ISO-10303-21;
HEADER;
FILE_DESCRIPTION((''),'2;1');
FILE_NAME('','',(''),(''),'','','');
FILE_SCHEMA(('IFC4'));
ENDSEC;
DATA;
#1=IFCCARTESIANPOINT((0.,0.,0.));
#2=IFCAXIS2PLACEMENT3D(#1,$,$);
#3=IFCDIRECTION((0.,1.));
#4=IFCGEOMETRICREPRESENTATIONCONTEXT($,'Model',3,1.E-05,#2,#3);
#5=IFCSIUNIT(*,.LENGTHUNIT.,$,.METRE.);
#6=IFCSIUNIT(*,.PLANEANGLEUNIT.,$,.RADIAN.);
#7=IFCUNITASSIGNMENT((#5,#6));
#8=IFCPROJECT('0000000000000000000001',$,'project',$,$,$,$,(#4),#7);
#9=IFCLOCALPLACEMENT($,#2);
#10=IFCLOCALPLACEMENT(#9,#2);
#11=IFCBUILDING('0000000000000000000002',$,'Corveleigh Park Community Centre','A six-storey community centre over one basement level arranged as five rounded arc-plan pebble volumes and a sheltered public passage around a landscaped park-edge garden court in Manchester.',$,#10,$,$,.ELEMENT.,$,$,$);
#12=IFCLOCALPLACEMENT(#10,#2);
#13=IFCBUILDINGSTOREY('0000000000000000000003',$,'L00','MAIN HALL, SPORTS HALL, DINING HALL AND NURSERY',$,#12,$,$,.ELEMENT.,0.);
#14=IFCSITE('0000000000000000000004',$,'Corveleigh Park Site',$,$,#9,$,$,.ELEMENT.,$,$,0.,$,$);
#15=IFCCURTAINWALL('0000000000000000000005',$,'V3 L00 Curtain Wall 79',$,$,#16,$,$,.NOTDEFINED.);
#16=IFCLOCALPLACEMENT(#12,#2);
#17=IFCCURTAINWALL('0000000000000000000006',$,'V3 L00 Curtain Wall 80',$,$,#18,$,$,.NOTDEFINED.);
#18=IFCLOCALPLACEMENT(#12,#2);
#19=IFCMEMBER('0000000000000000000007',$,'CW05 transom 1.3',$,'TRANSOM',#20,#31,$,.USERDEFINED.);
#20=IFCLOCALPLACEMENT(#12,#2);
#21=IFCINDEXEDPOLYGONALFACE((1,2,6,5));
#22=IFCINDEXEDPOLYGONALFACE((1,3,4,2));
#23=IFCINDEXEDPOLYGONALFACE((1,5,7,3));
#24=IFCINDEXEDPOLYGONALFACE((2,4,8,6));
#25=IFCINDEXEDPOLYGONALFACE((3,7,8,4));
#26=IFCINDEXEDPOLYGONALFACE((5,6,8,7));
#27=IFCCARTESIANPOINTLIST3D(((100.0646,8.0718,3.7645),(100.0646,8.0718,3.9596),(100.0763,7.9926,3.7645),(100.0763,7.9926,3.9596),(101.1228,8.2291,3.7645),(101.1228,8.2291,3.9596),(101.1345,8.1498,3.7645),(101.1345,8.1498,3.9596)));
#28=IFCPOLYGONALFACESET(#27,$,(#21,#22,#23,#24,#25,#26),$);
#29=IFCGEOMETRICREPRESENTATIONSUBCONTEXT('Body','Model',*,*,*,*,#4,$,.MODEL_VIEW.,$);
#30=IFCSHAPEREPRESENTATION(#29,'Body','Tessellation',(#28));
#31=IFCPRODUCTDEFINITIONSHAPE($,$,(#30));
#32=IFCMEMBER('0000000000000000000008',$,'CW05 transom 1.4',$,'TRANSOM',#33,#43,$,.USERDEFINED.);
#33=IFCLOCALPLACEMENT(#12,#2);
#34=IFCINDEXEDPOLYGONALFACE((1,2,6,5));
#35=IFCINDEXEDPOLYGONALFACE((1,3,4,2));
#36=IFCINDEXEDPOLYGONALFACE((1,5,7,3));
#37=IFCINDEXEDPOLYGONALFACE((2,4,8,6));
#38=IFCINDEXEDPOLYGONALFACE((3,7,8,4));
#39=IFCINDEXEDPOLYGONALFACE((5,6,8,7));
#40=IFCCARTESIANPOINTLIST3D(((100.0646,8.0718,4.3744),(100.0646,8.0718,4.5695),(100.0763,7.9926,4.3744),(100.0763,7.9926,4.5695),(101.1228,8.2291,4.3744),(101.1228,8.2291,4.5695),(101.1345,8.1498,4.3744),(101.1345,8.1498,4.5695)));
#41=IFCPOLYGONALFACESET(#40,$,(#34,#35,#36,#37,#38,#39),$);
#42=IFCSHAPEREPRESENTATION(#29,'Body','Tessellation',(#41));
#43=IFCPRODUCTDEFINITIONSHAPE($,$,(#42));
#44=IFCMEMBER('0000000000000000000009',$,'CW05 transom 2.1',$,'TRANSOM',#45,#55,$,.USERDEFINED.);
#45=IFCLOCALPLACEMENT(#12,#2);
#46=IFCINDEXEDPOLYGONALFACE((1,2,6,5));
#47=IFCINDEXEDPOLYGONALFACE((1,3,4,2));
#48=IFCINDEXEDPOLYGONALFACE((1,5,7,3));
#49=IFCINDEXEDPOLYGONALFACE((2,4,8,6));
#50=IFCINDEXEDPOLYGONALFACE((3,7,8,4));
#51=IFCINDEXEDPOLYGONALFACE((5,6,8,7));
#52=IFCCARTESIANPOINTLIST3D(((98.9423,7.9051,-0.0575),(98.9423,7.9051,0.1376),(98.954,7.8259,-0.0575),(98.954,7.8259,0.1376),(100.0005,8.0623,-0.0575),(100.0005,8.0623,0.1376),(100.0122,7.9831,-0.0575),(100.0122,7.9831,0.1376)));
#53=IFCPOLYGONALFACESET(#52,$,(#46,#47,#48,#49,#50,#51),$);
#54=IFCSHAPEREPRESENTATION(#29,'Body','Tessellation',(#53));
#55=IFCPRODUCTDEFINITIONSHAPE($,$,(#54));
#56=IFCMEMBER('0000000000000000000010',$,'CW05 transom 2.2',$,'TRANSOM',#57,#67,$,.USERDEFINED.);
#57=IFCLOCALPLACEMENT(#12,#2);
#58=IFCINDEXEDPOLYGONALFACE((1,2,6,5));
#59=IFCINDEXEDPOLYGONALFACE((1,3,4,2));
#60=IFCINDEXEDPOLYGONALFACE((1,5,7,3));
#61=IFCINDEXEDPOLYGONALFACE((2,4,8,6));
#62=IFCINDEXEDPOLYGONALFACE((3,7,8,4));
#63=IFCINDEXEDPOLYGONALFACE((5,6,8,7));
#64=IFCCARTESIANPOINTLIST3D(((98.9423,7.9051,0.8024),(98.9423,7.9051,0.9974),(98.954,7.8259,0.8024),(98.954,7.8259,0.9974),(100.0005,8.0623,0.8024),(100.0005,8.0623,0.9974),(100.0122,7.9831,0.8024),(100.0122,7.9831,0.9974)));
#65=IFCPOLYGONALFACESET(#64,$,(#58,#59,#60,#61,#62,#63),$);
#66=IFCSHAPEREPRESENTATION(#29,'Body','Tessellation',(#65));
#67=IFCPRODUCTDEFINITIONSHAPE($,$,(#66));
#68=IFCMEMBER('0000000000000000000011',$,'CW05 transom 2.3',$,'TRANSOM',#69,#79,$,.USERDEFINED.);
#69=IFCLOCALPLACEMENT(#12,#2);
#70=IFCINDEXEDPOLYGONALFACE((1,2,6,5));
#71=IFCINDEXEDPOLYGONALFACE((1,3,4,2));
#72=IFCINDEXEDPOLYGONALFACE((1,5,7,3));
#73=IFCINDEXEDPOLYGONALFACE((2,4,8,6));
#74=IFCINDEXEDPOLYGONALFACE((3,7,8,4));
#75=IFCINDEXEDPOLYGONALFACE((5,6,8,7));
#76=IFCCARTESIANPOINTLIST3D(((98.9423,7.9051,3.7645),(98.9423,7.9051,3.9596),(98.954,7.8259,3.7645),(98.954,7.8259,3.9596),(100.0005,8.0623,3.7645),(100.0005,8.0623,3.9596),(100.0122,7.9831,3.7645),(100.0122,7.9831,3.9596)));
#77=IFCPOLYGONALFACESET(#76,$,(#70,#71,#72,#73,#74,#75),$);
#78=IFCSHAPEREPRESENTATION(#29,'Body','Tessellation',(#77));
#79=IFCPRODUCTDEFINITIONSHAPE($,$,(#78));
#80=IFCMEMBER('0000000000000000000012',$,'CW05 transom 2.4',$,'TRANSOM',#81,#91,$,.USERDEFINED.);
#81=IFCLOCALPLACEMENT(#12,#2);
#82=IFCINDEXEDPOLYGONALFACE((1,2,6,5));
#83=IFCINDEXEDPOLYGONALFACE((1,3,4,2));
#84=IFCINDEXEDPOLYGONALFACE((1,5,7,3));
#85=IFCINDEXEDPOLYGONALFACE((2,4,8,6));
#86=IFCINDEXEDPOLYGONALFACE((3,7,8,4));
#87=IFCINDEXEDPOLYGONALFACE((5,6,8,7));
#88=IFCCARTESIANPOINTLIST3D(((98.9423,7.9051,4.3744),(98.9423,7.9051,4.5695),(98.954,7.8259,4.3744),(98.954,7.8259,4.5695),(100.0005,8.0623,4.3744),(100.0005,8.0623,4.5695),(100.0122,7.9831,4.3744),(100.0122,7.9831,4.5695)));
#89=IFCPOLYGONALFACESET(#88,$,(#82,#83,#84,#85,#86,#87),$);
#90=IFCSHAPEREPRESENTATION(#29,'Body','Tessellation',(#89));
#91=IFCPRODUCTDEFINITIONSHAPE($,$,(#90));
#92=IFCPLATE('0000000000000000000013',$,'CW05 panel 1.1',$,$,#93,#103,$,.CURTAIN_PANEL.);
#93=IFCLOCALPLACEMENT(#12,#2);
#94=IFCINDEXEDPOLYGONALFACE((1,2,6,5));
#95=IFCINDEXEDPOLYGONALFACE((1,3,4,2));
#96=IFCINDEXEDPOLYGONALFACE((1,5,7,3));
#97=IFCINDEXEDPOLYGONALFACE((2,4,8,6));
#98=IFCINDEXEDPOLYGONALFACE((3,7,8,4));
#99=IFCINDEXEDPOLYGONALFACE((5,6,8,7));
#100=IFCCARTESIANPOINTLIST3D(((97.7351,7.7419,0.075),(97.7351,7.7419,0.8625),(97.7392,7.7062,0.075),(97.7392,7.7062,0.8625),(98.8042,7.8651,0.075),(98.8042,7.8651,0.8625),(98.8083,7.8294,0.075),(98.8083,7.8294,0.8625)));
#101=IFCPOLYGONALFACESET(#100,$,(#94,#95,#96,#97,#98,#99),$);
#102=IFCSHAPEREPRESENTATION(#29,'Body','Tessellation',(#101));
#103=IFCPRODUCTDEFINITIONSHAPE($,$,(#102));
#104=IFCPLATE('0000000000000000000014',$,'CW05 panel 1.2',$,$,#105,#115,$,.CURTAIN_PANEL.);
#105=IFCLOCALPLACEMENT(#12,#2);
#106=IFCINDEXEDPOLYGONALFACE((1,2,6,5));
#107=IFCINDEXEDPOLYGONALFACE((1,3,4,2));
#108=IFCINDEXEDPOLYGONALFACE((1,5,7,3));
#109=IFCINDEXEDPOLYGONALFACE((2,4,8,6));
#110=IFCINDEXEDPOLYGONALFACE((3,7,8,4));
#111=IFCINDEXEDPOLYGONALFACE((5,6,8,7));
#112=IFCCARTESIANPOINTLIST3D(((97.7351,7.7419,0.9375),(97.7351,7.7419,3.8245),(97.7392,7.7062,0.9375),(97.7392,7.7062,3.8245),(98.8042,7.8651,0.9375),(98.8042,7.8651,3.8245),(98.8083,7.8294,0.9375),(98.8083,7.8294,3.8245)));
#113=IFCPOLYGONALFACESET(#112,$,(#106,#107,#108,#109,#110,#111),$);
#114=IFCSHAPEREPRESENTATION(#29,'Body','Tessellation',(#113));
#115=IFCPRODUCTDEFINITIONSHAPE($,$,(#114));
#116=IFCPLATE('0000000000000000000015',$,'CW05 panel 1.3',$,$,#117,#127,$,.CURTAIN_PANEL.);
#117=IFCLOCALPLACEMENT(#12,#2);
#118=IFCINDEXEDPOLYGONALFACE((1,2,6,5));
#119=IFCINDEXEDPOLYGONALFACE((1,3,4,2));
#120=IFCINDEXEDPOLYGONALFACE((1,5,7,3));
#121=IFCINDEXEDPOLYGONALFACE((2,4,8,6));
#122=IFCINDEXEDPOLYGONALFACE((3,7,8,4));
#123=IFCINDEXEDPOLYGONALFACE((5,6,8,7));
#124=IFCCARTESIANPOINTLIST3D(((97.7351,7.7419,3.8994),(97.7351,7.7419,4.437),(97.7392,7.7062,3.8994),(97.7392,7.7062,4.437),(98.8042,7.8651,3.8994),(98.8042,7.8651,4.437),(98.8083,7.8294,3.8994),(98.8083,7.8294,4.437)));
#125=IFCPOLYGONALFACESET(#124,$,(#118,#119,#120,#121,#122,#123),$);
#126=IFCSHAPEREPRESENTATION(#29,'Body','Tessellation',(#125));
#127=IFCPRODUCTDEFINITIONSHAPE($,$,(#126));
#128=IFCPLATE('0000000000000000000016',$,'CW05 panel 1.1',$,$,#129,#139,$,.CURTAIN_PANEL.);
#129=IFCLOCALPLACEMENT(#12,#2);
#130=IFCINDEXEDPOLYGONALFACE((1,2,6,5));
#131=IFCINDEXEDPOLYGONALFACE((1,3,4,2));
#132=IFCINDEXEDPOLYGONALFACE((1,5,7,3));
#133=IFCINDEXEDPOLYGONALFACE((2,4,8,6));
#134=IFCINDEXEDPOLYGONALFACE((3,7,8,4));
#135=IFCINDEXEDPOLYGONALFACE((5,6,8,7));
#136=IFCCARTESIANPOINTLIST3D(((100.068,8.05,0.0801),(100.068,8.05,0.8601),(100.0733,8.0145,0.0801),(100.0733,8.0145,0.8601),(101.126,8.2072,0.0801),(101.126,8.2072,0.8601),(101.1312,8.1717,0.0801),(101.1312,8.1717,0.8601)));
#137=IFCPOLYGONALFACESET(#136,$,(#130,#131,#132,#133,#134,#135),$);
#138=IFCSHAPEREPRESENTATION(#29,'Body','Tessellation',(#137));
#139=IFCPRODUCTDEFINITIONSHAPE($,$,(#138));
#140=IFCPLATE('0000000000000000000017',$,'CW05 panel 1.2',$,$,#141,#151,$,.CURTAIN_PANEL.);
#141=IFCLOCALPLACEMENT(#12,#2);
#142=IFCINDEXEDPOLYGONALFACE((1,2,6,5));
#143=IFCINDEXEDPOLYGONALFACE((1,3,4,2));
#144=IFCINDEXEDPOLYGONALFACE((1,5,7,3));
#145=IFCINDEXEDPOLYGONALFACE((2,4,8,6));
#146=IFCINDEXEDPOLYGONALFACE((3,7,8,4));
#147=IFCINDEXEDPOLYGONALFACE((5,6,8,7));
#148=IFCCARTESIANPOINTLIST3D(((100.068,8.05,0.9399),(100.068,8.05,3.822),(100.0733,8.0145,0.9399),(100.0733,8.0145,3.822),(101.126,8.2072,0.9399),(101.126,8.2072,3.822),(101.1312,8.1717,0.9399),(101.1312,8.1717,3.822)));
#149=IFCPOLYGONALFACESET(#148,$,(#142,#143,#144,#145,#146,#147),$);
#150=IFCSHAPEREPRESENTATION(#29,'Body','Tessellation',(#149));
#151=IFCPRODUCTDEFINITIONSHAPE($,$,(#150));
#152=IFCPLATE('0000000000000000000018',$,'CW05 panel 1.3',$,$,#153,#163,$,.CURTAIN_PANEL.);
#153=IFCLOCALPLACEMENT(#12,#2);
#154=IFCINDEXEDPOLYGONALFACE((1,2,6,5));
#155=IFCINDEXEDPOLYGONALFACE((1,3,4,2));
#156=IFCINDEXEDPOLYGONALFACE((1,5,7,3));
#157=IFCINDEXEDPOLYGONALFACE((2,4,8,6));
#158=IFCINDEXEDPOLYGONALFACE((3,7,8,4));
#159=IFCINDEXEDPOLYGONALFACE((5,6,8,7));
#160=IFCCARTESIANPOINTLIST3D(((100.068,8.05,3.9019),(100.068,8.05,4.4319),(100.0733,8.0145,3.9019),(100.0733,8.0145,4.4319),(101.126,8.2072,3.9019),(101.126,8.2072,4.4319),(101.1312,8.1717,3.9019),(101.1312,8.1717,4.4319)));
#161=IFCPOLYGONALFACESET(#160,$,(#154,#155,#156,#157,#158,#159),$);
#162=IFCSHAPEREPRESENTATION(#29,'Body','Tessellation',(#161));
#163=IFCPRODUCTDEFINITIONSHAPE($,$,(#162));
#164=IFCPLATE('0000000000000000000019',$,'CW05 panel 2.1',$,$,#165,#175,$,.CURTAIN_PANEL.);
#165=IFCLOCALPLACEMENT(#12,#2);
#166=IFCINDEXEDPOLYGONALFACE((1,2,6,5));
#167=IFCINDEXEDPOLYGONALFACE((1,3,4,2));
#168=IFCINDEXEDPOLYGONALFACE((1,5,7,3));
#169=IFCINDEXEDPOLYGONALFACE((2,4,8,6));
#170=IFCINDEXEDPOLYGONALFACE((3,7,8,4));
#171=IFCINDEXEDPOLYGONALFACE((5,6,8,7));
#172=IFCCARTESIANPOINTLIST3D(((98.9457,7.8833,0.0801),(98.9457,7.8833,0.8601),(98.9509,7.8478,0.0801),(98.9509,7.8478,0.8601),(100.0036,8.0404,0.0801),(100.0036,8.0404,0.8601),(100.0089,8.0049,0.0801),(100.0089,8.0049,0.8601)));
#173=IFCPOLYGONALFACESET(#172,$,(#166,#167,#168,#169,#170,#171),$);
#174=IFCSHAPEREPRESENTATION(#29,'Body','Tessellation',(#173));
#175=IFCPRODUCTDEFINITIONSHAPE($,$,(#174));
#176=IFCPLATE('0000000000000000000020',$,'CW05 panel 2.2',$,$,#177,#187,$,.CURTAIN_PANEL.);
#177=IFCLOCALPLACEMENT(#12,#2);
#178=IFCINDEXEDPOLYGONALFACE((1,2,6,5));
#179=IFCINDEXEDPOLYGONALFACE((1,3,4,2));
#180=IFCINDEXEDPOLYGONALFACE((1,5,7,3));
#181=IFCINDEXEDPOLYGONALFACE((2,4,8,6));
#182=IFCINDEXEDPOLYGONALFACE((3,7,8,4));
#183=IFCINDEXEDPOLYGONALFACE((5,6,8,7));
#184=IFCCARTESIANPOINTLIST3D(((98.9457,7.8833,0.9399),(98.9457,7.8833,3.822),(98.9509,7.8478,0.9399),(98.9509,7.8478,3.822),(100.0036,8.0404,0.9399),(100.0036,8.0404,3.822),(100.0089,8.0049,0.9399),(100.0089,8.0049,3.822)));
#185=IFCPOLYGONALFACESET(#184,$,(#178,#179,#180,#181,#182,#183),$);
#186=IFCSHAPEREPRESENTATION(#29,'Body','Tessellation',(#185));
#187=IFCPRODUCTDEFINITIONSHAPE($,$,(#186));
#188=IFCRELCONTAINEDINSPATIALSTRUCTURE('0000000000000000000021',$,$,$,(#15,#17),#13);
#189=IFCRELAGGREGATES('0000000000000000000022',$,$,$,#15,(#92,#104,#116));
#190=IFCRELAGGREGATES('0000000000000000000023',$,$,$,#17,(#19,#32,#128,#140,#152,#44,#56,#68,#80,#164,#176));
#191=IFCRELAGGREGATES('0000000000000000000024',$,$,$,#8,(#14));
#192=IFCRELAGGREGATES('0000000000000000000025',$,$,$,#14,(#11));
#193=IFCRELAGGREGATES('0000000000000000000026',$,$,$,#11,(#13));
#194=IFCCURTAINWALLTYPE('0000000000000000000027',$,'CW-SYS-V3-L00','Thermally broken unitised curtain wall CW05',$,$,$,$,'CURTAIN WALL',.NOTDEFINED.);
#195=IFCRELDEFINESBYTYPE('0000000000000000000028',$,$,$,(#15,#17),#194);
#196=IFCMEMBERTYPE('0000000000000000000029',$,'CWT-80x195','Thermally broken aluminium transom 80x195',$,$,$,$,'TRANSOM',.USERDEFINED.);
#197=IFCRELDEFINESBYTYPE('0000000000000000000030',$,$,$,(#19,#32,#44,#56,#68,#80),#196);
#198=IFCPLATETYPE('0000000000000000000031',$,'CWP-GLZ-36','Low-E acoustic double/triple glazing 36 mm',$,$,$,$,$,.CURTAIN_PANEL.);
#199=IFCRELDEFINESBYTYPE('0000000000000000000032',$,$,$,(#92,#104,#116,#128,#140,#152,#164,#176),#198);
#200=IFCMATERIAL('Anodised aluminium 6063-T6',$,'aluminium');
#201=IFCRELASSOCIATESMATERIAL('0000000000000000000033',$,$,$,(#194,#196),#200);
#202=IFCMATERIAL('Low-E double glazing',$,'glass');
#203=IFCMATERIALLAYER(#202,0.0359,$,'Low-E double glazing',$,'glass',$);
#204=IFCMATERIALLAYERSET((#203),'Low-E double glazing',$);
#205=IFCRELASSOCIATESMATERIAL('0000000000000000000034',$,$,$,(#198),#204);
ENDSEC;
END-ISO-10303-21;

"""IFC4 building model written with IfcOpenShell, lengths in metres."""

from ifc_helpers import new_model, si_unit, direction, frame, origin, origin_2d, place, context, subcontext, project, spatial, rectangle, extrude, material, layer, layer_set, material_profile, profile_set, type_object, element, aggregate, save


model = new_model("IFC4")

# Units and contexts
model_context = context("Model", 3, precision=1e-05, world=origin(), true_north=direction((0.0, 1.0)))
body_context = subcontext(model_context, "Body", "Model", "MODEL_VIEW")
ifc_project = project(units=[si_unit("LENGTHUNIT", "METRE"), si_unit("PLANEANGLEUNIT", "RADIAN")], contexts=[model_context])

# Site, building, storey
site_placement = place(None, origin())
site = spatial("IfcSite", under=ifc_project, at=site_placement, Name="Corveleigh Park Site", CompositionType="ELEMENT", RefElevation=0.0)
building_placement = place(site_placement, origin())
building = spatial("IfcBuilding", under=site, at=building_placement, Name="Corveleigh Park Community Centre", Description="A six-storey community centre over one basement level arranged as five rounded arc-plan pebble volumes and a sheltered public passage around a landscaped park-edge garden court in Manchester.", CompositionType="ELEMENT")
storey_placement = place(building_placement, origin())
storey = spatial("IfcBuildingStorey", under=building, at=storey_placement, Name="L00", Description="MAIN HALL, SPORTS HALL, DINING HALL AND NURSERY", CompositionType="ELEMENT", Elevation=0.0)

# Curtain wall
ifc_material_1 = material(Name="Anodised aluminium 6063-T6", Category="aluminium")
curtain_wall_type = type_object("IfcCurtainWallType", Name="CW-SYS-V3-L00", Description="Thermally broken unitised curtain wall CW05", ElementType="CURTAIN WALL", PredefinedType="NOTDEFINED", material=ifc_material_1)
curtain_wall_1_placement = place(storey_placement, origin())
curtain_wall_1 = element("IfcCurtainWall", 1, at=curtain_wall_1_placement, inside=storey, type_object=curtain_wall_type, Name="V3 L00 Curtain Wall 79", PredefinedType="NOTDEFINED")

# Curtain wall
curtain_wall_2_placement = place(storey_placement, origin())
curtain_wall_2 = element("IfcCurtainWall", 2, at=curtain_wall_2_placement, inside=storey, type_object=curtain_wall_type, Name="V3 L00 Curtain Wall 80", PredefinedType="NOTDEFINED")

# Members
ifc_material_profile_1 = material_profile(ifc_material_1, rectangle(XDim=0.0801, YDim=0.1951, at=origin_2d()), Name="ALU-T80x195", Category="aluminium")
ifc_profile_set_1 = profile_set([ifc_material_profile_1], Name="Anodised aluminium 6063-T6")
member_type_1 = type_object("IfcMemberType", Name="CWT-80x195", Description="Thermally broken aluminium transom 80x195", ElementType="TRANSOM", PredefinedType="USERDEFINED", material=ifc_profile_set_1)
member_1_placement = place(storey_placement, frame((101.1287, 8.1895, 3.8621), z_axis=(-0.98914, -0.146979, 0.0), x_axis=(0.146979, -0.98914, 0.0)))
member_1 = element("IfcMember", 3, at=member_1_placement, type_object=member_type_1, Name="CW05 transom 1.3", ObjectType="TRANSOM", PredefinedType="USERDEFINED", context=body_context, shape_type="SweptSolid", body=[
    extrude(rectangle(XDim=0.0801, YDim=0.1951, at=origin_2d()), origin(), (0.0, 0.0, 1.0), 1.0698),
])
member_2_placement = place(storey_placement, frame((101.1287, 8.1895, 4.4719), z_axis=(-0.98914, -0.146979, 0.0), x_axis=(0.146979, -0.98914, 0.0)))
member_2 = element("IfcMember", 4, at=member_2_placement, type_object=member_type_1, Name="CW05 transom 1.4", ObjectType="TRANSOM", PredefinedType="USERDEFINED", context=body_context, shape_type="SweptSolid", body=[
    extrude(rectangle(XDim=0.0801, YDim=0.1951, at=origin_2d()), origin(), (0.0, 0.0, 1.0), 1.0698),
])
member_3_placement = place(storey_placement, frame((100.0063, 8.0227, 0.04), z_axis=(-0.98914, -0.146979, 0.0), x_axis=(0.146979, -0.98914, 0.0)))
member_3 = element("IfcMember", 5, at=member_3_placement, type_object=member_type_1, Name="CW05 transom 2.1", ObjectType="TRANSOM", PredefinedType="USERDEFINED", context=body_context, shape_type="SweptSolid", body=[
    extrude(rectangle(XDim=0.0801, YDim=0.1951, at=origin_2d()), origin(), (0.0, 0.0, 1.0), 1.0698),
])
member_4_placement = place(storey_placement, frame((100.0063, 8.0227, 0.8999), z_axis=(-0.98914, -0.146979, 0.0), x_axis=(0.146979, -0.98914, 0.0)))
member_4 = element("IfcMember", 6, at=member_4_placement, type_object=member_type_1, Name="CW05 transom 2.2", ObjectType="TRANSOM", PredefinedType="USERDEFINED", context=body_context, shape_type="SweptSolid", body=[
    extrude(rectangle(XDim=0.0801, YDim=0.1951, at=origin_2d()), origin(), (0.0, 0.0, 1.0), 1.0698),
])
member_5_placement = place(storey_placement, frame((100.0063, 8.0227, 3.8621), z_axis=(-0.98914, -0.146979, 0.0), x_axis=(0.146979, -0.98914, 0.0)))
member_5 = element("IfcMember", 7, at=member_5_placement, type_object=member_type_1, Name="CW05 transom 2.3", ObjectType="TRANSOM", PredefinedType="USERDEFINED", context=body_context, shape_type="SweptSolid", body=[
    extrude(rectangle(XDim=0.0801, YDim=0.1951, at=origin_2d()), origin(), (0.0, 0.0, 1.0), 1.0698),
])
member_6_placement = place(storey_placement, frame((100.0063, 8.0227, 4.4719), z_axis=(-0.98914, -0.146979, 0.0), x_axis=(0.146979, -0.98914, 0.0)))
member_6 = element("IfcMember", 8, at=member_6_placement, type_object=member_type_1, Name="CW05 transom 2.4", ObjectType="TRANSOM", PredefinedType="USERDEFINED", context=body_context, shape_type="SweptSolid", body=[
    extrude(rectangle(XDim=0.0801, YDim=0.1951, at=origin_2d()), origin(), (0.0, 0.0, 1.0), 1.0698),
])

# Plates
ifc_material_2 = material(Name="Low-E double glazing", Category="glass")
ifc_layer_1 = layer(ifc_material_2, 0.0359, Name="Low-E double glazing", Category="glass")
ifc_layer_set_1 = layer_set([ifc_layer_1], Name="Low-E double glazing")
plate_type_1 = type_object("IfcPlateType", Name="CWP-GLZ-36", Description="Low-E acoustic double/triple glazing 36 mm", PredefinedType="CURTAIN_PANEL", material=ifc_layer_set_1)
plate_1_placement = place(storey_placement, frame((98.2717, 7.7856, 0.075), z_axis=(0.0, 0.0, 1.0), x_axis=(-0.993426, -0.114478, 0.0)))
plate_1 = element("IfcPlate", 9, at=plate_1_placement, type_object=plate_type_1, Name="CW05 panel 1.1", PredefinedType="CURTAIN_PANEL", context=body_context, shape_type="SweptSolid", body=[
    extrude(rectangle(XDim=1.0762, YDim=0.0359, at=origin_2d()), origin(), (0.0, 0.0, 1.0), 0.7876),
])
plate_2_placement = place(storey_placement, frame((98.2717, 7.7856, 0.9375), z_axis=(0.0, 0.0, 1.0), x_axis=(-0.993426, -0.114478, 0.0)))
plate_2 = element("IfcPlate", 10, at=plate_2_placement, type_object=plate_type_1, Name="CW05 panel 1.2", PredefinedType="CURTAIN_PANEL", context=body_context, shape_type="SweptSolid", body=[
    extrude(rectangle(XDim=1.0762, YDim=0.0359, at=origin_2d()), origin(), (0.0, 0.0, 1.0), 2.887),
])
plate_3_placement = place(storey_placement, frame((98.2717, 7.7856, 3.8994), z_axis=(0.0, 0.0, 1.0), x_axis=(-0.993426, -0.114478, 0.0)))
plate_3 = element("IfcPlate", 11, at=plate_3_placement, type_object=plate_type_1, Name="CW05 panel 1.3", PredefinedType="CURTAIN_PANEL", context=body_context, shape_type="SweptSolid", body=[
    extrude(rectangle(XDim=1.0762, YDim=0.0359, at=origin_2d()), origin(), (0.0, 0.0, 1.0), 0.5376),
])
aggregate(curtain_wall_1, [plate_1, plate_2, plate_3])
plate_4_placement = place(storey_placement, frame((100.5996, 8.1108, 0.0801), z_axis=(0.0, 0.0, 1.0), x_axis=(-0.989146, -0.146937, 0.0)))
plate_4 = element("IfcPlate", 12, at=plate_4_placement, type_object=plate_type_1, Name="CW05 panel 1.1", PredefinedType="CURTAIN_PANEL", context=body_context, shape_type="SweptSolid", body=[
    extrude(rectangle(XDim=1.0696, YDim=0.0359, at=origin_2d()), origin(), (0.0, 0.0, 1.0), 0.78),
])
plate_5_placement = place(storey_placement, frame((100.5996, 8.1108, 0.9399), z_axis=(0.0, 0.0, 1.0), x_axis=(-0.989146, -0.146937, 0.0)))
plate_5 = element("IfcPlate", 13, at=plate_5_placement, type_object=plate_type_1, Name="CW05 panel 1.2", PredefinedType="CURTAIN_PANEL", context=body_context, shape_type="SweptSolid", body=[
    extrude(rectangle(XDim=1.0696, YDim=0.0359, at=origin_2d()), origin(), (0.0, 0.0, 1.0), 2.8821),
])
plate_6_placement = place(storey_placement, frame((100.5996, 8.1108, 3.9019), z_axis=(0.0, 0.0, 1.0), x_axis=(-0.989146, -0.146937, 0.0)))
plate_6 = element("IfcPlate", 14, at=plate_6_placement, type_object=plate_type_1, Name="CW05 panel 1.3", PredefinedType="CURTAIN_PANEL", context=body_context, shape_type="SweptSolid", body=[
    extrude(rectangle(XDim=1.0696, YDim=0.0359, at=origin_2d()), origin(), (0.0, 0.0, 1.0), 0.53),
])
plate_7_placement = place(storey_placement, frame((99.4773, 7.9441, 0.0801), z_axis=(0.0, 0.0, 1.0), x_axis=(-0.989146, -0.146937, 0.0)))
plate_7 = element("IfcPlate", 15, at=plate_7_placement, type_object=plate_type_1, Name="CW05 panel 2.1", PredefinedType="CURTAIN_PANEL", context=body_context, shape_type="SweptSolid", body=[
    extrude(rectangle(XDim=1.0696, YDim=0.0359, at=origin_2d()), origin(), (0.0, 0.0, 1.0), 0.78),
])
plate_8_placement = place(storey_placement, frame((99.4773, 7.9441, 0.9399), z_axis=(0.0, 0.0, 1.0), x_axis=(-0.989146, -0.146937, 0.0)))
plate_8 = element("IfcPlate", 16, at=plate_8_placement, type_object=plate_type_1, Name="CW05 panel 2.2", PredefinedType="CURTAIN_PANEL", context=body_context, shape_type="SweptSolid", body=[
    extrude(rectangle(XDim=1.0696, YDim=0.0359, at=origin_2d()), origin(), (0.0, 0.0, 1.0), 2.8821),
])
aggregate(curtain_wall_2, [member_1, member_2, plate_4, plate_5, plate_6, member_3, member_4, member_5, member_6, plate_7, plate_8])

save(model, "model.ifc")
